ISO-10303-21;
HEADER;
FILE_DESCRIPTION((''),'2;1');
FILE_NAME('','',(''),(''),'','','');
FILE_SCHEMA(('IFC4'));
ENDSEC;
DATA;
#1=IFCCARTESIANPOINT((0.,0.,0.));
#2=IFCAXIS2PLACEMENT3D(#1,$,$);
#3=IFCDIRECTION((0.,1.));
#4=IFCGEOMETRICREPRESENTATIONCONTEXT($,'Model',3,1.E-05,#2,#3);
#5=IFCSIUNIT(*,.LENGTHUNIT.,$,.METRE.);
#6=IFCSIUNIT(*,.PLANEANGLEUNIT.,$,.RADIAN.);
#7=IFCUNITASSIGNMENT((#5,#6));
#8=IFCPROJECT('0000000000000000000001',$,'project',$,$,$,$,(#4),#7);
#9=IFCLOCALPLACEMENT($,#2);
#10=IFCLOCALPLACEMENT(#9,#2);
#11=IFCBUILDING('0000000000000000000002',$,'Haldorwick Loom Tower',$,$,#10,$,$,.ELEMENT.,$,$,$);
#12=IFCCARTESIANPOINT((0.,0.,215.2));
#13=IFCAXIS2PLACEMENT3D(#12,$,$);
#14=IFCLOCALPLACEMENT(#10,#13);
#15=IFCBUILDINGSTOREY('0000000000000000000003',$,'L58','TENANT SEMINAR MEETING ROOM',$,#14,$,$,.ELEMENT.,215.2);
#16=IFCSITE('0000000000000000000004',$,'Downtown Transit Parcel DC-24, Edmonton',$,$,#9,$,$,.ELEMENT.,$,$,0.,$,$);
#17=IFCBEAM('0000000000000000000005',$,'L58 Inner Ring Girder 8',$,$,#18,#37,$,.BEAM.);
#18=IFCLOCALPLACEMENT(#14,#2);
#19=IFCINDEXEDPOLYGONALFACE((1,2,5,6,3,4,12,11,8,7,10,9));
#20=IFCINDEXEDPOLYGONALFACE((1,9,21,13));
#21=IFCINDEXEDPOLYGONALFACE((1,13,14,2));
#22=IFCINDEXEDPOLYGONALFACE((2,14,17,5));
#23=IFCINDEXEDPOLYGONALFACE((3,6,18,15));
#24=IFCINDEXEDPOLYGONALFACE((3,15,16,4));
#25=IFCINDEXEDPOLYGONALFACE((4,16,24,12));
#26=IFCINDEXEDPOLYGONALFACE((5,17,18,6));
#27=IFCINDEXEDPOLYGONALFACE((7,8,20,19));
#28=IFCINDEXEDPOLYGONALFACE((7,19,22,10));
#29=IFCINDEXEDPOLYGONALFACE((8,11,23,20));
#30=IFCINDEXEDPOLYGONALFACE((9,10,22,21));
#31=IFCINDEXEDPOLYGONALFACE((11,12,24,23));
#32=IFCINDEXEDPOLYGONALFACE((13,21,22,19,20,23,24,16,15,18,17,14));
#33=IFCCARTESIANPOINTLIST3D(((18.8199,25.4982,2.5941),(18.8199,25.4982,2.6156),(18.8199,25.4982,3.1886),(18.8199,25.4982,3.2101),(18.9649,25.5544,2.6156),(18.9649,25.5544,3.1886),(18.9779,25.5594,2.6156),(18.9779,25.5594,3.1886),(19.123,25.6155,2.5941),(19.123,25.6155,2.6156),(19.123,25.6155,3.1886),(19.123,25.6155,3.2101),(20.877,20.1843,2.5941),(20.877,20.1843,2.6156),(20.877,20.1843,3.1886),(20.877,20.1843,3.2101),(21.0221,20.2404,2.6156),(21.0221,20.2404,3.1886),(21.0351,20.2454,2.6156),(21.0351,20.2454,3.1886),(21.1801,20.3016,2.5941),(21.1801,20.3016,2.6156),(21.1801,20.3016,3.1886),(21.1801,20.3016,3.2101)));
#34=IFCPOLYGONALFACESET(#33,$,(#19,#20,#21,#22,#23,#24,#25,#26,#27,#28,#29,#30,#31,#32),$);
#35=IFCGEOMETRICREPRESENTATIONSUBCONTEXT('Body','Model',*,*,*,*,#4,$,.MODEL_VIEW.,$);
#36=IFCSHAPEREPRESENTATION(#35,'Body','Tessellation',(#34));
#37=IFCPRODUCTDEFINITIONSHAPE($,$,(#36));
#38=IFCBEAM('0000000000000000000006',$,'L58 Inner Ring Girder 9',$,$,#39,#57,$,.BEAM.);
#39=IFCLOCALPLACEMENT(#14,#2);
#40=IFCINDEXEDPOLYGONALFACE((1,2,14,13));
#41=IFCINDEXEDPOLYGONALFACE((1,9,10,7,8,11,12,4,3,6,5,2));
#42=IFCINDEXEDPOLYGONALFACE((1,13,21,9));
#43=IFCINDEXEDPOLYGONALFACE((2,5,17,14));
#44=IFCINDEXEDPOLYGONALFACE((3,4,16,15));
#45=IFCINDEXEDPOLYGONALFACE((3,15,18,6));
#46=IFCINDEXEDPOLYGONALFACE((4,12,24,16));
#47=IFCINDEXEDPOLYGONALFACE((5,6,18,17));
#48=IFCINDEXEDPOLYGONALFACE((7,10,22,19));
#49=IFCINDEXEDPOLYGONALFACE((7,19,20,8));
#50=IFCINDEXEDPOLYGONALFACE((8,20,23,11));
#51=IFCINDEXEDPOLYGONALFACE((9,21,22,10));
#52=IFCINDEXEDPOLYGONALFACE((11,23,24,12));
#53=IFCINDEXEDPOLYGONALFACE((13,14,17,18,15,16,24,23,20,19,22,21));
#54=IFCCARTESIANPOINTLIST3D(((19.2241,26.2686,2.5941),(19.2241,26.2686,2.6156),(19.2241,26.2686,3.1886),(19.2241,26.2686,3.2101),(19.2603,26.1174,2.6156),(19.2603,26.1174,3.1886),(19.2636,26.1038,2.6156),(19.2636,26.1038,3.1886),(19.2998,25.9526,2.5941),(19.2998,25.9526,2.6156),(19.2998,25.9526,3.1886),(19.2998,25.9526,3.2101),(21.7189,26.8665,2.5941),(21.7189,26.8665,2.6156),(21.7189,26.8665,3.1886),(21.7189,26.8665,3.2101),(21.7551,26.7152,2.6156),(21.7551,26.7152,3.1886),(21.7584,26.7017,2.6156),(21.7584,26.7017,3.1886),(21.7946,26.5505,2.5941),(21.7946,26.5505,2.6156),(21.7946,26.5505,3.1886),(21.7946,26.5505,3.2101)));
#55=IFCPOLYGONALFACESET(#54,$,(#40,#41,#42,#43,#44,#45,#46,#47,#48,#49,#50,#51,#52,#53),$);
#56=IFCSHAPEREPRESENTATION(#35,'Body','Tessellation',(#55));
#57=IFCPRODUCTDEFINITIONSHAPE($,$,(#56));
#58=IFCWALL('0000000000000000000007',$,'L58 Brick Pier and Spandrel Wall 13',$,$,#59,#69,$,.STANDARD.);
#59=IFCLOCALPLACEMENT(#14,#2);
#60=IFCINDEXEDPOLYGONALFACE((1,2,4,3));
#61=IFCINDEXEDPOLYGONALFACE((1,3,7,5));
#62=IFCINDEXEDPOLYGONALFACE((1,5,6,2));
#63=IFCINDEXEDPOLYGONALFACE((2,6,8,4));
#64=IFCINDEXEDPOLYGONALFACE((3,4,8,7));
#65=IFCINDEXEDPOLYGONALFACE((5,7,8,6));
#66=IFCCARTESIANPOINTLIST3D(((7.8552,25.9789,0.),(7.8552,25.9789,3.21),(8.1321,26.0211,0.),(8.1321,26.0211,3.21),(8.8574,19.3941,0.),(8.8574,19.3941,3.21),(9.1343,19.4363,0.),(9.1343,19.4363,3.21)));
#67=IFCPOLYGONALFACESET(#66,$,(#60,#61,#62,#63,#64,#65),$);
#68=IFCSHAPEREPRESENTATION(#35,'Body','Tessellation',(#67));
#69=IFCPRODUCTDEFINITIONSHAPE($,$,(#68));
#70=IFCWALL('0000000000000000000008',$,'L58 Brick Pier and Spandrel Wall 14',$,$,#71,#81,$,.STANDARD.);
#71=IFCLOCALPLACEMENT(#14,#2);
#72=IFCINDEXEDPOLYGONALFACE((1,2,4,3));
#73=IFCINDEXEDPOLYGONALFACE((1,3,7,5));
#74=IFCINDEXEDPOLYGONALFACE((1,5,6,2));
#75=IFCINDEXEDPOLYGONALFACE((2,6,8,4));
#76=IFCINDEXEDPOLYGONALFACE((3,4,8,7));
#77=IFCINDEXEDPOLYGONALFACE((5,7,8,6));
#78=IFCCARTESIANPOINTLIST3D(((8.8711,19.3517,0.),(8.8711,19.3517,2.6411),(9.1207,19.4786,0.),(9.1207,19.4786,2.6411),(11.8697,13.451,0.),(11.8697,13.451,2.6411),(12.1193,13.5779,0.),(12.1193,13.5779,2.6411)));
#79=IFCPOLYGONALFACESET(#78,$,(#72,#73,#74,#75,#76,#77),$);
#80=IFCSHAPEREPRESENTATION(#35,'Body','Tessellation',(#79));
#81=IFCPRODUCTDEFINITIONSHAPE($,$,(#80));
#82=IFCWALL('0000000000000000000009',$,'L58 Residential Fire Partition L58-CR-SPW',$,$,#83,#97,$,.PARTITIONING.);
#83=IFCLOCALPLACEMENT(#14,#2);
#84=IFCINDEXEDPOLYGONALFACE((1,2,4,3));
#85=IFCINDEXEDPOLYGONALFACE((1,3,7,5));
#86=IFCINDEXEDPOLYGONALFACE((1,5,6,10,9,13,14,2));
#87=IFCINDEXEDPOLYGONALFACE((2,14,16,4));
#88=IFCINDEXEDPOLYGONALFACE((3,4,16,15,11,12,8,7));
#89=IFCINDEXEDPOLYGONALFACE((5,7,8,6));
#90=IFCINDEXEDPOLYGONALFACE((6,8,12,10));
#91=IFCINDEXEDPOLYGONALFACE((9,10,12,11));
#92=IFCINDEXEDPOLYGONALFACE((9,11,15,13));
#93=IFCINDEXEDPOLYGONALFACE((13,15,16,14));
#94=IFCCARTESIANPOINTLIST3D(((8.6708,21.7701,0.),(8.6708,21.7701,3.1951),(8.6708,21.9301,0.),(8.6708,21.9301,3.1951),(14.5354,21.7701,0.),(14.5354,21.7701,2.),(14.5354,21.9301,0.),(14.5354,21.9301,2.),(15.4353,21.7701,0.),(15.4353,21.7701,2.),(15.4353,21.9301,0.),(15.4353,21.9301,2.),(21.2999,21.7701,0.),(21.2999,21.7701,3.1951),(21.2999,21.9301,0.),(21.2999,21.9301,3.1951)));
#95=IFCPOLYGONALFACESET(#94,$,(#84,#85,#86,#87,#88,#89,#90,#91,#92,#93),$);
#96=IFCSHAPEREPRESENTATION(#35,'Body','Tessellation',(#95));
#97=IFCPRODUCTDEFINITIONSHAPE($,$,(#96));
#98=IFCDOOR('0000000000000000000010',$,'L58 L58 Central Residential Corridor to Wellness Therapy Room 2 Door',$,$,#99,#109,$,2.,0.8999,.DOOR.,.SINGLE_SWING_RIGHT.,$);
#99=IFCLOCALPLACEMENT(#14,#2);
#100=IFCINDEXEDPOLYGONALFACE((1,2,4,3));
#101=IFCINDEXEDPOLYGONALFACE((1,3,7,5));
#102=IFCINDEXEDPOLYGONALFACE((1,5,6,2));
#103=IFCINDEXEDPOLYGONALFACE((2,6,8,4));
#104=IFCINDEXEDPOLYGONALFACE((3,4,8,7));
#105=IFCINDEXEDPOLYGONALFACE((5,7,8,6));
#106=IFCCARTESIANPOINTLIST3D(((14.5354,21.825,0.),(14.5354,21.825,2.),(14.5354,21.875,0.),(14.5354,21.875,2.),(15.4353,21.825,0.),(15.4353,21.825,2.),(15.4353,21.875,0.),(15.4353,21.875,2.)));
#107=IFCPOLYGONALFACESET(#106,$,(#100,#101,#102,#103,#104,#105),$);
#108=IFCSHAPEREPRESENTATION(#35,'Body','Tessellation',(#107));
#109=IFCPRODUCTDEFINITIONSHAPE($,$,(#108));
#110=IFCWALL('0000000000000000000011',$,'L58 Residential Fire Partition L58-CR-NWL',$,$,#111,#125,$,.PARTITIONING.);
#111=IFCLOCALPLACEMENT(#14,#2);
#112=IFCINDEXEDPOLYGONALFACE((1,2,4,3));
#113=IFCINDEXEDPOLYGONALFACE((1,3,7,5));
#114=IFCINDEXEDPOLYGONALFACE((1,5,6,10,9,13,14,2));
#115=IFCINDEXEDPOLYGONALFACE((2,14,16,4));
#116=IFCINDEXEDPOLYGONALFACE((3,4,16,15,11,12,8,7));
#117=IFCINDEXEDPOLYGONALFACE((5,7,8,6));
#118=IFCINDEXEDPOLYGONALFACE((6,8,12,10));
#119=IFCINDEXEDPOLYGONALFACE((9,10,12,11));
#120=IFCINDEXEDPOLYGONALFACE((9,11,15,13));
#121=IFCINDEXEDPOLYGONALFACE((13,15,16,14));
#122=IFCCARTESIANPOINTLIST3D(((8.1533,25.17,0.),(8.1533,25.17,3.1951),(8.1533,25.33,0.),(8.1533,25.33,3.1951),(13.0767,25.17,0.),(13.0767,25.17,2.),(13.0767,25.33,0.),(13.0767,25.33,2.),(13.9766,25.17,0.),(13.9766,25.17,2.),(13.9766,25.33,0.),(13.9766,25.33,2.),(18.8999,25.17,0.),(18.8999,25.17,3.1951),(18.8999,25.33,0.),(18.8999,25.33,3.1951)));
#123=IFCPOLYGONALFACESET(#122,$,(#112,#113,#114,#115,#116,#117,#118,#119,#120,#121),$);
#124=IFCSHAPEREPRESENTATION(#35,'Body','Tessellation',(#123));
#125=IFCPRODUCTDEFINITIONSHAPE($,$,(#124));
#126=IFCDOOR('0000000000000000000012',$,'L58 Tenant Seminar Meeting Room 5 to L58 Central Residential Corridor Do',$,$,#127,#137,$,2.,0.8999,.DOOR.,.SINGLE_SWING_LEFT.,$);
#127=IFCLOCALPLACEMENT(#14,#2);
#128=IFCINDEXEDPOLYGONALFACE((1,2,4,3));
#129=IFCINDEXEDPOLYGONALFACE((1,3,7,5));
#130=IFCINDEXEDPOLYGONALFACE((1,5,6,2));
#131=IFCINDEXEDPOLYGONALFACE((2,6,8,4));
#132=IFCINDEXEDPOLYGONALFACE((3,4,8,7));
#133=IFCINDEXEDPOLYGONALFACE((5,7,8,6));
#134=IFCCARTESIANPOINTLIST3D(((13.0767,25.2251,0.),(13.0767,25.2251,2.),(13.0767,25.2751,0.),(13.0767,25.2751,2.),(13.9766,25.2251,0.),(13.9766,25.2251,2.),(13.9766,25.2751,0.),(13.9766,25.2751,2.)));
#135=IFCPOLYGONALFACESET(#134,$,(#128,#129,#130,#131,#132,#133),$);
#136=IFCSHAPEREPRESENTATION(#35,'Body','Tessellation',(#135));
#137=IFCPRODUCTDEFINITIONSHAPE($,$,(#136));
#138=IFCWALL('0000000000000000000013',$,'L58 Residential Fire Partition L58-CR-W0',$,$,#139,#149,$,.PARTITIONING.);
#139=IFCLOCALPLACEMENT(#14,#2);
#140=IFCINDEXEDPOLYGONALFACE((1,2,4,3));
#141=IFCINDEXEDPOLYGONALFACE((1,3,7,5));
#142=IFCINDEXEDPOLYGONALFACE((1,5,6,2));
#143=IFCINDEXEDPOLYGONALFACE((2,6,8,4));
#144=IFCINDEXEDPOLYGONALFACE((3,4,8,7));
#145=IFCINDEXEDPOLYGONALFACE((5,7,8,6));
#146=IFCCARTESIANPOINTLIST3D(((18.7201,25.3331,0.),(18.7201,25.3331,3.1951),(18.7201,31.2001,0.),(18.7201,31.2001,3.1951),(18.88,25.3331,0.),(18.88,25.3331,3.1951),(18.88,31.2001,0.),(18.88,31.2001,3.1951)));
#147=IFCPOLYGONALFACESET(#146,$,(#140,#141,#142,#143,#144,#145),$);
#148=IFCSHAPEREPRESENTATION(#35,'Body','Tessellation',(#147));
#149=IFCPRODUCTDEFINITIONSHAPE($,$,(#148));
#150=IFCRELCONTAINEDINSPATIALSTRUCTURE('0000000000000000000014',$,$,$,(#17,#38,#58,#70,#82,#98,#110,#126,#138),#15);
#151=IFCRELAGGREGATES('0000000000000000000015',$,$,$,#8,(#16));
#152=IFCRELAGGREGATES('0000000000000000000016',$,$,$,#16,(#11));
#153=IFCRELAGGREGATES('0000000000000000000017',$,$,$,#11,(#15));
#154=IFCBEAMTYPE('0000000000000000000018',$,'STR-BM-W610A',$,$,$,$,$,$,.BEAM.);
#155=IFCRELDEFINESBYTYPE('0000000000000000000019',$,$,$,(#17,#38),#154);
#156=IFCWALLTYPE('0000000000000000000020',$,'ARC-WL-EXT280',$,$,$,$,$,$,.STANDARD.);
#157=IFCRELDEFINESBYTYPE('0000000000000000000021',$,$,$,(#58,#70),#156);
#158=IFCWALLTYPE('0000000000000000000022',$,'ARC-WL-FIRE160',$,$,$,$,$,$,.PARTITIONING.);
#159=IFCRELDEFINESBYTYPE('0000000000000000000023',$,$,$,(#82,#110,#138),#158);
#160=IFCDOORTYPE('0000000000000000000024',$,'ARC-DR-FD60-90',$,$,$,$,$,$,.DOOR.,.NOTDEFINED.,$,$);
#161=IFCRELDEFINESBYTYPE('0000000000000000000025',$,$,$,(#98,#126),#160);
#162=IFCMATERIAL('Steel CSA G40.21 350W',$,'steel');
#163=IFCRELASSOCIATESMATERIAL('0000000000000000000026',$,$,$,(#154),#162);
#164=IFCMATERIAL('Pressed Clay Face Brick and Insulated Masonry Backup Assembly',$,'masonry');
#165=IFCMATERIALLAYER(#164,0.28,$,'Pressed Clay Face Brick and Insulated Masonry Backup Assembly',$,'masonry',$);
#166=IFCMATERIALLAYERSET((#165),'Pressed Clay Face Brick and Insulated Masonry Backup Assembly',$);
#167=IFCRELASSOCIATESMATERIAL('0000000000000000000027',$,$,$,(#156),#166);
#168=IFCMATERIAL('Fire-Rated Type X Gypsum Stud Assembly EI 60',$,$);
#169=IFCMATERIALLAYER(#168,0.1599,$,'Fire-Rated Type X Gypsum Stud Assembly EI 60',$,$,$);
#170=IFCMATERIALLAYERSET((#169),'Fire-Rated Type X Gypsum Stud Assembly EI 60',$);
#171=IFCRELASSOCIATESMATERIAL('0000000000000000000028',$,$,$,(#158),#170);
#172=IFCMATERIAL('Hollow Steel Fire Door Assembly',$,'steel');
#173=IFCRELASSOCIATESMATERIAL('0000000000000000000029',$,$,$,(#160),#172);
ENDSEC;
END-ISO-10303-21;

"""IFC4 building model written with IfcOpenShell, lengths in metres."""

from ifc_helpers import new_model, si_unit, direction, frame, frame_2d, origin, origin_2d, place, context, subcontext, project, spatial, rectangle, i_section, extrude, material, layer, layer_set, material_profile, profile_set, type_object, element, fill, save


model = new_model("IFC4")

# Units and contexts
model_context = context("Model", 3, precision=1e-05, world=origin(), true_north=direction((0.0, 1.0)))
body_context = subcontext(model_context, "Body", "Model", "MODEL_VIEW")
ifc_project = project(units=[si_unit("LENGTHUNIT", "METRE"), si_unit("PLANEANGLEUNIT", "RADIAN")], contexts=[model_context])

# Site, building, storey
site_placement = place(None, origin())
site = spatial("IfcSite", under=ifc_project, at=site_placement, Name="Downtown Transit Parcel DC-24, Edmonton", CompositionType="ELEMENT", RefElevation=0.0)
building_placement = place(site_placement, origin())
building = spatial("IfcBuilding", under=site, at=building_placement, Name="Haldorwick Loom Tower", CompositionType="ELEMENT")
storey_placement = place(building_placement, frame((0.0, 0.0, 215.2)))
storey = spatial("IfcBuildingStorey", under=building, at=storey_placement, Name="L58", Description="TENANT SEMINAR MEETING ROOM", CompositionType="ELEMENT", Elevation=215.2)

# Beams
ifc_material_1 = material(Name="Steel CSA G40.21 350W", Category="steel")
ifc_material_profile_1 = material_profile(ifc_material_1, i_section(OverallWidth=0.325, OverallDepth=0.616, WebThickness=0.0139, FlangeThickness=0.0215, at=origin_2d()), Name="W610X174", Category="steel")
ifc_profile_set_1 = profile_set([ifc_material_profile_1], Name="Steel CSA G40.21 350W")
beam_type_1 = type_object("IfcBeamType", Name="STR-BM-W610A", PredefinedType="BEAM", material=ifc_profile_set_1)
beam_1_placement = place(storey_placement, frame((21.0286, 20.2429, 2.9021), z_axis=(-0.361011, 0.932562, 0.0), x_axis=(-0.932562, -0.361011, 0.0)))
element("IfcBeam", 1, at=beam_1_placement, inside=storey, type_object=beam_type_1, Name="L58 Inner Ring Girder 8", PredefinedType="BEAM", context=body_context, shape_type="SweptSolid", body=[
    extrude(i_section(OverallWidth=0.325, OverallDepth=0.616, WebThickness=0.0139, FlangeThickness=0.0215, at=origin_2d()), origin(), (0.0, 0.0, 1.0), 5.6982),
])
beam_2_placement = place(storey_placement, frame((19.262, 26.1106, 2.9021), z_axis=(0.972464, 0.233053, 0.0), x_axis=(-0.233053, 0.972464, 0.0)))
element("IfcBeam", 2, at=beam_2_placement, inside=storey, type_object=beam_type_1, Name="L58 Inner Ring Girder 9", PredefinedType="BEAM", context=body_context, shape_type="SweptSolid", body=[
    extrude(i_section(OverallWidth=0.325, OverallDepth=0.616, WebThickness=0.0139, FlangeThickness=0.0215, at=origin_2d()), origin(), (0.0, 0.0, 1.0), 2.5654),
])

# Walls
ifc_material_2 = material(Name="Pressed Clay Face Brick and Insulated Masonry Backup Assembly", Category="masonry")
ifc_layer_1 = layer(ifc_material_2, 0.28, Name="Pressed Clay Face Brick and Insulated Masonry Backup Assembly", Category="masonry")
ifc_layer_set_1 = layer_set([ifc_layer_1], Name="Pressed Clay Face Brick and Insulated Masonry Backup Assembly")
wall_type_1 = type_object("IfcWallType", Name="ARC-WL-EXT280", PredefinedType="STANDARD", material=ifc_layer_set_1)
wall_1_placement = place(storey_placement, frame((7.9937, 26.0, 0.0), z_axis=(0.0, 0.0, 1.0), x_axis=(0.150468, -0.988615, 0.0)))
element("IfcWall", 3, at=wall_1_placement, inside=storey, type_object=wall_type_1, Name="L58 Brick Pier and Spandrel Wall 13", PredefinedType="STANDARD", context=body_context, shape_type="SweptSolid", body=[
    extrude(rectangle(XDim=6.6606, YDim=0.28, at=frame_2d((3.3303, 0.0))), origin(), (0.0, 0.0, 1.0), 3.21),
])
wall_2_placement = place(storey_placement, frame((8.9958, 19.4153, 0.0), z_axis=(0.0, 0.0, 1.0), x_axis=(0.453032, -0.891494, 0.0)))
element("IfcWall", 4, at=wall_2_placement, inside=storey, type_object=wall_type_1, Name="L58 Brick Pier and Spandrel Wall 14", PredefinedType="STANDARD", context=body_context, shape_type="SweptSolid", body=[
    extrude(rectangle(XDim=6.6189, YDim=0.28, at=frame_2d((3.3096, 0.0))), origin(), (0.0, 0.0, 1.0), 2.6411),
])

# Walls, openings, doors
ifc_material_3 = material(Name="Fire-Rated Type X Gypsum Stud Assembly EI 60")
ifc_layer_2 = layer(ifc_material_3, 0.1599, Name="Fire-Rated Type X Gypsum Stud Assembly EI 60")
ifc_layer_set_2 = layer_set([ifc_layer_2], Name="Fire-Rated Type X Gypsum Stud Assembly EI 60")
wall_type_2 = type_object("IfcWallType", Name="ARC-WL-FIRE160", PredefinedType="PARTITIONING", material=ifc_layer_set_2)
wall_3_placement = place(storey_placement, frame((8.6709, 21.8501, 0.0), z_axis=(0.0, 0.0, 1.0), x_axis=(1.0, 0.0, 0.0)))
wall_3 = element("IfcWall", 5, at=wall_3_placement, inside=storey, type_object=wall_type_2, Name="L58 Residential Fire Partition L58-CR-SPW", PredefinedType="PARTITIONING", context=body_context, shape_type="SweptSolid", body=[
    extrude(rectangle(XDim=12.6292, YDim=0.1599, at=frame_2d((6.3145, 0.0))), origin(), (0.0, 0.0, 1.0), 3.1951),
])
opening_1_placement = place(wall_3_placement, frame((5.8645, 0.0, 0.0)))
opening_1 = element("IfcOpeningElement", 6, at=opening_1_placement, cuts=wall_3, PredefinedType="OPENING", context=body_context, shape_type="SweptSolid", body=[
    extrude(rectangle(XDim=0.8999, YDim=2.0, at=frame_2d((0.45, 1.0))), frame((0.0, 0.0898, 0.0), z_axis=(0.0, -1.0, 0.0), x_axis=(1.0, 0.0, 0.0)), (0.0, 0.0, 1.0), 0.1799),
])
ifc_material_4 = material(Name="Hollow Steel Fire Door Assembly", Category="steel")
door_type = type_object("IfcDoorType", Name="ARC-DR-FD60-90", OperationType="NOTDEFINED", PredefinedType="DOOR", material=ifc_material_4)
door_1_placement = place(opening_1_placement, origin())
door_1 = element("IfcDoor", 7, at=door_1_placement, inside=storey, type_object=door_type, Name="L58 L58 Central Residential Corridor to Wellness Therapy Room 2 Door", OperationType="SINGLE_SWING_RIGHT", OverallHeight=2.0, OverallWidth=0.8999, PredefinedType="DOOR", context=body_context, shape_type="SweptSolid", body=[
    extrude(rectangle(XDim=0.8999, YDim=2.0, at=frame_2d((0.45, 1.0))), frame((0.0, 0.0249, 0.0), z_axis=(0.0, -1.0, 0.0), x_axis=(1.0, 0.0, 0.0)), (0.0, 0.0, 1.0), 0.05),
])
fill(opening_1, door_1)
wall_4_placement = place(storey_placement, frame((8.1533, 25.25, 0.0), z_axis=(0.0, 0.0, 1.0), x_axis=(1.0, 0.0, 0.0)))
wall_4 = element("IfcWall", 8, at=wall_4_placement, inside=storey, type_object=wall_type_2, Name="L58 Residential Fire Partition L58-CR-NWL", PredefinedType="PARTITIONING", context=body_context, shape_type="SweptSolid", body=[
    extrude(rectangle(XDim=10.7466, YDim=0.1599, at=frame_2d((5.3733, 0.0))), origin(), (0.0, 0.0, 1.0), 3.1951),
])
opening_2_placement = place(wall_4_placement, frame((4.9233, 0.0, 0.0)))
opening_2 = element("IfcOpeningElement", 9, at=opening_2_placement, cuts=wall_4, PredefinedType="OPENING", context=body_context, shape_type="SweptSolid", body=[
    extrude(rectangle(XDim=0.8999, YDim=2.0, at=frame_2d((0.45, 1.0))), frame((0.0, 0.0898, 0.0), z_axis=(0.0, -1.0, 0.0), x_axis=(1.0, 0.0, 0.0)), (0.0, 0.0, 1.0), 0.1799),
])
door_2_placement = place(opening_2_placement, frame((0.8999, 0.0, 0.0), z_axis=(0.0, 0.0, 1.0), x_axis=(-1.0, 0.0, 0.0)))
door_2 = element("IfcDoor", 10, at=door_2_placement, inside=storey, type_object=door_type, Name="L58 Tenant Seminar Meeting Room 5 to L58 Central Residential Corridor Do", OperationType="SINGLE_SWING_LEFT", OverallHeight=2.0, OverallWidth=0.8999, PredefinedType="DOOR", context=body_context, shape_type="SweptSolid", body=[
    extrude(rectangle(XDim=0.8999, YDim=2.0, at=frame_2d((0.45, 1.0))), frame((0.0, 0.0249, 0.0), z_axis=(0.0, -1.0, 0.0), x_axis=(1.0, 0.0, 0.0)), (0.0, 0.0, 1.0), 0.05),
])
fill(opening_2, door_2)

# Wall
wall_5_placement = place(storey_placement, frame((18.8, 25.333, 0.0), z_axis=(0.0, 0.0, 1.0), x_axis=(0.0, 1.0, 0.0)))
element("IfcWall", 11, at=wall_5_placement, inside=storey, type_object=wall_type_2, Name="L58 Residential Fire Partition L58-CR-W0", PredefinedType="PARTITIONING", context=body_context, shape_type="SweptSolid", body=[
    extrude(rectangle(XDim=5.8669, YDim=0.1599, at=frame_2d((2.9336, 0.0))), origin(), (0.0, 0.0, 1.0), 3.1951),
])

save(model, "model.ifc")
